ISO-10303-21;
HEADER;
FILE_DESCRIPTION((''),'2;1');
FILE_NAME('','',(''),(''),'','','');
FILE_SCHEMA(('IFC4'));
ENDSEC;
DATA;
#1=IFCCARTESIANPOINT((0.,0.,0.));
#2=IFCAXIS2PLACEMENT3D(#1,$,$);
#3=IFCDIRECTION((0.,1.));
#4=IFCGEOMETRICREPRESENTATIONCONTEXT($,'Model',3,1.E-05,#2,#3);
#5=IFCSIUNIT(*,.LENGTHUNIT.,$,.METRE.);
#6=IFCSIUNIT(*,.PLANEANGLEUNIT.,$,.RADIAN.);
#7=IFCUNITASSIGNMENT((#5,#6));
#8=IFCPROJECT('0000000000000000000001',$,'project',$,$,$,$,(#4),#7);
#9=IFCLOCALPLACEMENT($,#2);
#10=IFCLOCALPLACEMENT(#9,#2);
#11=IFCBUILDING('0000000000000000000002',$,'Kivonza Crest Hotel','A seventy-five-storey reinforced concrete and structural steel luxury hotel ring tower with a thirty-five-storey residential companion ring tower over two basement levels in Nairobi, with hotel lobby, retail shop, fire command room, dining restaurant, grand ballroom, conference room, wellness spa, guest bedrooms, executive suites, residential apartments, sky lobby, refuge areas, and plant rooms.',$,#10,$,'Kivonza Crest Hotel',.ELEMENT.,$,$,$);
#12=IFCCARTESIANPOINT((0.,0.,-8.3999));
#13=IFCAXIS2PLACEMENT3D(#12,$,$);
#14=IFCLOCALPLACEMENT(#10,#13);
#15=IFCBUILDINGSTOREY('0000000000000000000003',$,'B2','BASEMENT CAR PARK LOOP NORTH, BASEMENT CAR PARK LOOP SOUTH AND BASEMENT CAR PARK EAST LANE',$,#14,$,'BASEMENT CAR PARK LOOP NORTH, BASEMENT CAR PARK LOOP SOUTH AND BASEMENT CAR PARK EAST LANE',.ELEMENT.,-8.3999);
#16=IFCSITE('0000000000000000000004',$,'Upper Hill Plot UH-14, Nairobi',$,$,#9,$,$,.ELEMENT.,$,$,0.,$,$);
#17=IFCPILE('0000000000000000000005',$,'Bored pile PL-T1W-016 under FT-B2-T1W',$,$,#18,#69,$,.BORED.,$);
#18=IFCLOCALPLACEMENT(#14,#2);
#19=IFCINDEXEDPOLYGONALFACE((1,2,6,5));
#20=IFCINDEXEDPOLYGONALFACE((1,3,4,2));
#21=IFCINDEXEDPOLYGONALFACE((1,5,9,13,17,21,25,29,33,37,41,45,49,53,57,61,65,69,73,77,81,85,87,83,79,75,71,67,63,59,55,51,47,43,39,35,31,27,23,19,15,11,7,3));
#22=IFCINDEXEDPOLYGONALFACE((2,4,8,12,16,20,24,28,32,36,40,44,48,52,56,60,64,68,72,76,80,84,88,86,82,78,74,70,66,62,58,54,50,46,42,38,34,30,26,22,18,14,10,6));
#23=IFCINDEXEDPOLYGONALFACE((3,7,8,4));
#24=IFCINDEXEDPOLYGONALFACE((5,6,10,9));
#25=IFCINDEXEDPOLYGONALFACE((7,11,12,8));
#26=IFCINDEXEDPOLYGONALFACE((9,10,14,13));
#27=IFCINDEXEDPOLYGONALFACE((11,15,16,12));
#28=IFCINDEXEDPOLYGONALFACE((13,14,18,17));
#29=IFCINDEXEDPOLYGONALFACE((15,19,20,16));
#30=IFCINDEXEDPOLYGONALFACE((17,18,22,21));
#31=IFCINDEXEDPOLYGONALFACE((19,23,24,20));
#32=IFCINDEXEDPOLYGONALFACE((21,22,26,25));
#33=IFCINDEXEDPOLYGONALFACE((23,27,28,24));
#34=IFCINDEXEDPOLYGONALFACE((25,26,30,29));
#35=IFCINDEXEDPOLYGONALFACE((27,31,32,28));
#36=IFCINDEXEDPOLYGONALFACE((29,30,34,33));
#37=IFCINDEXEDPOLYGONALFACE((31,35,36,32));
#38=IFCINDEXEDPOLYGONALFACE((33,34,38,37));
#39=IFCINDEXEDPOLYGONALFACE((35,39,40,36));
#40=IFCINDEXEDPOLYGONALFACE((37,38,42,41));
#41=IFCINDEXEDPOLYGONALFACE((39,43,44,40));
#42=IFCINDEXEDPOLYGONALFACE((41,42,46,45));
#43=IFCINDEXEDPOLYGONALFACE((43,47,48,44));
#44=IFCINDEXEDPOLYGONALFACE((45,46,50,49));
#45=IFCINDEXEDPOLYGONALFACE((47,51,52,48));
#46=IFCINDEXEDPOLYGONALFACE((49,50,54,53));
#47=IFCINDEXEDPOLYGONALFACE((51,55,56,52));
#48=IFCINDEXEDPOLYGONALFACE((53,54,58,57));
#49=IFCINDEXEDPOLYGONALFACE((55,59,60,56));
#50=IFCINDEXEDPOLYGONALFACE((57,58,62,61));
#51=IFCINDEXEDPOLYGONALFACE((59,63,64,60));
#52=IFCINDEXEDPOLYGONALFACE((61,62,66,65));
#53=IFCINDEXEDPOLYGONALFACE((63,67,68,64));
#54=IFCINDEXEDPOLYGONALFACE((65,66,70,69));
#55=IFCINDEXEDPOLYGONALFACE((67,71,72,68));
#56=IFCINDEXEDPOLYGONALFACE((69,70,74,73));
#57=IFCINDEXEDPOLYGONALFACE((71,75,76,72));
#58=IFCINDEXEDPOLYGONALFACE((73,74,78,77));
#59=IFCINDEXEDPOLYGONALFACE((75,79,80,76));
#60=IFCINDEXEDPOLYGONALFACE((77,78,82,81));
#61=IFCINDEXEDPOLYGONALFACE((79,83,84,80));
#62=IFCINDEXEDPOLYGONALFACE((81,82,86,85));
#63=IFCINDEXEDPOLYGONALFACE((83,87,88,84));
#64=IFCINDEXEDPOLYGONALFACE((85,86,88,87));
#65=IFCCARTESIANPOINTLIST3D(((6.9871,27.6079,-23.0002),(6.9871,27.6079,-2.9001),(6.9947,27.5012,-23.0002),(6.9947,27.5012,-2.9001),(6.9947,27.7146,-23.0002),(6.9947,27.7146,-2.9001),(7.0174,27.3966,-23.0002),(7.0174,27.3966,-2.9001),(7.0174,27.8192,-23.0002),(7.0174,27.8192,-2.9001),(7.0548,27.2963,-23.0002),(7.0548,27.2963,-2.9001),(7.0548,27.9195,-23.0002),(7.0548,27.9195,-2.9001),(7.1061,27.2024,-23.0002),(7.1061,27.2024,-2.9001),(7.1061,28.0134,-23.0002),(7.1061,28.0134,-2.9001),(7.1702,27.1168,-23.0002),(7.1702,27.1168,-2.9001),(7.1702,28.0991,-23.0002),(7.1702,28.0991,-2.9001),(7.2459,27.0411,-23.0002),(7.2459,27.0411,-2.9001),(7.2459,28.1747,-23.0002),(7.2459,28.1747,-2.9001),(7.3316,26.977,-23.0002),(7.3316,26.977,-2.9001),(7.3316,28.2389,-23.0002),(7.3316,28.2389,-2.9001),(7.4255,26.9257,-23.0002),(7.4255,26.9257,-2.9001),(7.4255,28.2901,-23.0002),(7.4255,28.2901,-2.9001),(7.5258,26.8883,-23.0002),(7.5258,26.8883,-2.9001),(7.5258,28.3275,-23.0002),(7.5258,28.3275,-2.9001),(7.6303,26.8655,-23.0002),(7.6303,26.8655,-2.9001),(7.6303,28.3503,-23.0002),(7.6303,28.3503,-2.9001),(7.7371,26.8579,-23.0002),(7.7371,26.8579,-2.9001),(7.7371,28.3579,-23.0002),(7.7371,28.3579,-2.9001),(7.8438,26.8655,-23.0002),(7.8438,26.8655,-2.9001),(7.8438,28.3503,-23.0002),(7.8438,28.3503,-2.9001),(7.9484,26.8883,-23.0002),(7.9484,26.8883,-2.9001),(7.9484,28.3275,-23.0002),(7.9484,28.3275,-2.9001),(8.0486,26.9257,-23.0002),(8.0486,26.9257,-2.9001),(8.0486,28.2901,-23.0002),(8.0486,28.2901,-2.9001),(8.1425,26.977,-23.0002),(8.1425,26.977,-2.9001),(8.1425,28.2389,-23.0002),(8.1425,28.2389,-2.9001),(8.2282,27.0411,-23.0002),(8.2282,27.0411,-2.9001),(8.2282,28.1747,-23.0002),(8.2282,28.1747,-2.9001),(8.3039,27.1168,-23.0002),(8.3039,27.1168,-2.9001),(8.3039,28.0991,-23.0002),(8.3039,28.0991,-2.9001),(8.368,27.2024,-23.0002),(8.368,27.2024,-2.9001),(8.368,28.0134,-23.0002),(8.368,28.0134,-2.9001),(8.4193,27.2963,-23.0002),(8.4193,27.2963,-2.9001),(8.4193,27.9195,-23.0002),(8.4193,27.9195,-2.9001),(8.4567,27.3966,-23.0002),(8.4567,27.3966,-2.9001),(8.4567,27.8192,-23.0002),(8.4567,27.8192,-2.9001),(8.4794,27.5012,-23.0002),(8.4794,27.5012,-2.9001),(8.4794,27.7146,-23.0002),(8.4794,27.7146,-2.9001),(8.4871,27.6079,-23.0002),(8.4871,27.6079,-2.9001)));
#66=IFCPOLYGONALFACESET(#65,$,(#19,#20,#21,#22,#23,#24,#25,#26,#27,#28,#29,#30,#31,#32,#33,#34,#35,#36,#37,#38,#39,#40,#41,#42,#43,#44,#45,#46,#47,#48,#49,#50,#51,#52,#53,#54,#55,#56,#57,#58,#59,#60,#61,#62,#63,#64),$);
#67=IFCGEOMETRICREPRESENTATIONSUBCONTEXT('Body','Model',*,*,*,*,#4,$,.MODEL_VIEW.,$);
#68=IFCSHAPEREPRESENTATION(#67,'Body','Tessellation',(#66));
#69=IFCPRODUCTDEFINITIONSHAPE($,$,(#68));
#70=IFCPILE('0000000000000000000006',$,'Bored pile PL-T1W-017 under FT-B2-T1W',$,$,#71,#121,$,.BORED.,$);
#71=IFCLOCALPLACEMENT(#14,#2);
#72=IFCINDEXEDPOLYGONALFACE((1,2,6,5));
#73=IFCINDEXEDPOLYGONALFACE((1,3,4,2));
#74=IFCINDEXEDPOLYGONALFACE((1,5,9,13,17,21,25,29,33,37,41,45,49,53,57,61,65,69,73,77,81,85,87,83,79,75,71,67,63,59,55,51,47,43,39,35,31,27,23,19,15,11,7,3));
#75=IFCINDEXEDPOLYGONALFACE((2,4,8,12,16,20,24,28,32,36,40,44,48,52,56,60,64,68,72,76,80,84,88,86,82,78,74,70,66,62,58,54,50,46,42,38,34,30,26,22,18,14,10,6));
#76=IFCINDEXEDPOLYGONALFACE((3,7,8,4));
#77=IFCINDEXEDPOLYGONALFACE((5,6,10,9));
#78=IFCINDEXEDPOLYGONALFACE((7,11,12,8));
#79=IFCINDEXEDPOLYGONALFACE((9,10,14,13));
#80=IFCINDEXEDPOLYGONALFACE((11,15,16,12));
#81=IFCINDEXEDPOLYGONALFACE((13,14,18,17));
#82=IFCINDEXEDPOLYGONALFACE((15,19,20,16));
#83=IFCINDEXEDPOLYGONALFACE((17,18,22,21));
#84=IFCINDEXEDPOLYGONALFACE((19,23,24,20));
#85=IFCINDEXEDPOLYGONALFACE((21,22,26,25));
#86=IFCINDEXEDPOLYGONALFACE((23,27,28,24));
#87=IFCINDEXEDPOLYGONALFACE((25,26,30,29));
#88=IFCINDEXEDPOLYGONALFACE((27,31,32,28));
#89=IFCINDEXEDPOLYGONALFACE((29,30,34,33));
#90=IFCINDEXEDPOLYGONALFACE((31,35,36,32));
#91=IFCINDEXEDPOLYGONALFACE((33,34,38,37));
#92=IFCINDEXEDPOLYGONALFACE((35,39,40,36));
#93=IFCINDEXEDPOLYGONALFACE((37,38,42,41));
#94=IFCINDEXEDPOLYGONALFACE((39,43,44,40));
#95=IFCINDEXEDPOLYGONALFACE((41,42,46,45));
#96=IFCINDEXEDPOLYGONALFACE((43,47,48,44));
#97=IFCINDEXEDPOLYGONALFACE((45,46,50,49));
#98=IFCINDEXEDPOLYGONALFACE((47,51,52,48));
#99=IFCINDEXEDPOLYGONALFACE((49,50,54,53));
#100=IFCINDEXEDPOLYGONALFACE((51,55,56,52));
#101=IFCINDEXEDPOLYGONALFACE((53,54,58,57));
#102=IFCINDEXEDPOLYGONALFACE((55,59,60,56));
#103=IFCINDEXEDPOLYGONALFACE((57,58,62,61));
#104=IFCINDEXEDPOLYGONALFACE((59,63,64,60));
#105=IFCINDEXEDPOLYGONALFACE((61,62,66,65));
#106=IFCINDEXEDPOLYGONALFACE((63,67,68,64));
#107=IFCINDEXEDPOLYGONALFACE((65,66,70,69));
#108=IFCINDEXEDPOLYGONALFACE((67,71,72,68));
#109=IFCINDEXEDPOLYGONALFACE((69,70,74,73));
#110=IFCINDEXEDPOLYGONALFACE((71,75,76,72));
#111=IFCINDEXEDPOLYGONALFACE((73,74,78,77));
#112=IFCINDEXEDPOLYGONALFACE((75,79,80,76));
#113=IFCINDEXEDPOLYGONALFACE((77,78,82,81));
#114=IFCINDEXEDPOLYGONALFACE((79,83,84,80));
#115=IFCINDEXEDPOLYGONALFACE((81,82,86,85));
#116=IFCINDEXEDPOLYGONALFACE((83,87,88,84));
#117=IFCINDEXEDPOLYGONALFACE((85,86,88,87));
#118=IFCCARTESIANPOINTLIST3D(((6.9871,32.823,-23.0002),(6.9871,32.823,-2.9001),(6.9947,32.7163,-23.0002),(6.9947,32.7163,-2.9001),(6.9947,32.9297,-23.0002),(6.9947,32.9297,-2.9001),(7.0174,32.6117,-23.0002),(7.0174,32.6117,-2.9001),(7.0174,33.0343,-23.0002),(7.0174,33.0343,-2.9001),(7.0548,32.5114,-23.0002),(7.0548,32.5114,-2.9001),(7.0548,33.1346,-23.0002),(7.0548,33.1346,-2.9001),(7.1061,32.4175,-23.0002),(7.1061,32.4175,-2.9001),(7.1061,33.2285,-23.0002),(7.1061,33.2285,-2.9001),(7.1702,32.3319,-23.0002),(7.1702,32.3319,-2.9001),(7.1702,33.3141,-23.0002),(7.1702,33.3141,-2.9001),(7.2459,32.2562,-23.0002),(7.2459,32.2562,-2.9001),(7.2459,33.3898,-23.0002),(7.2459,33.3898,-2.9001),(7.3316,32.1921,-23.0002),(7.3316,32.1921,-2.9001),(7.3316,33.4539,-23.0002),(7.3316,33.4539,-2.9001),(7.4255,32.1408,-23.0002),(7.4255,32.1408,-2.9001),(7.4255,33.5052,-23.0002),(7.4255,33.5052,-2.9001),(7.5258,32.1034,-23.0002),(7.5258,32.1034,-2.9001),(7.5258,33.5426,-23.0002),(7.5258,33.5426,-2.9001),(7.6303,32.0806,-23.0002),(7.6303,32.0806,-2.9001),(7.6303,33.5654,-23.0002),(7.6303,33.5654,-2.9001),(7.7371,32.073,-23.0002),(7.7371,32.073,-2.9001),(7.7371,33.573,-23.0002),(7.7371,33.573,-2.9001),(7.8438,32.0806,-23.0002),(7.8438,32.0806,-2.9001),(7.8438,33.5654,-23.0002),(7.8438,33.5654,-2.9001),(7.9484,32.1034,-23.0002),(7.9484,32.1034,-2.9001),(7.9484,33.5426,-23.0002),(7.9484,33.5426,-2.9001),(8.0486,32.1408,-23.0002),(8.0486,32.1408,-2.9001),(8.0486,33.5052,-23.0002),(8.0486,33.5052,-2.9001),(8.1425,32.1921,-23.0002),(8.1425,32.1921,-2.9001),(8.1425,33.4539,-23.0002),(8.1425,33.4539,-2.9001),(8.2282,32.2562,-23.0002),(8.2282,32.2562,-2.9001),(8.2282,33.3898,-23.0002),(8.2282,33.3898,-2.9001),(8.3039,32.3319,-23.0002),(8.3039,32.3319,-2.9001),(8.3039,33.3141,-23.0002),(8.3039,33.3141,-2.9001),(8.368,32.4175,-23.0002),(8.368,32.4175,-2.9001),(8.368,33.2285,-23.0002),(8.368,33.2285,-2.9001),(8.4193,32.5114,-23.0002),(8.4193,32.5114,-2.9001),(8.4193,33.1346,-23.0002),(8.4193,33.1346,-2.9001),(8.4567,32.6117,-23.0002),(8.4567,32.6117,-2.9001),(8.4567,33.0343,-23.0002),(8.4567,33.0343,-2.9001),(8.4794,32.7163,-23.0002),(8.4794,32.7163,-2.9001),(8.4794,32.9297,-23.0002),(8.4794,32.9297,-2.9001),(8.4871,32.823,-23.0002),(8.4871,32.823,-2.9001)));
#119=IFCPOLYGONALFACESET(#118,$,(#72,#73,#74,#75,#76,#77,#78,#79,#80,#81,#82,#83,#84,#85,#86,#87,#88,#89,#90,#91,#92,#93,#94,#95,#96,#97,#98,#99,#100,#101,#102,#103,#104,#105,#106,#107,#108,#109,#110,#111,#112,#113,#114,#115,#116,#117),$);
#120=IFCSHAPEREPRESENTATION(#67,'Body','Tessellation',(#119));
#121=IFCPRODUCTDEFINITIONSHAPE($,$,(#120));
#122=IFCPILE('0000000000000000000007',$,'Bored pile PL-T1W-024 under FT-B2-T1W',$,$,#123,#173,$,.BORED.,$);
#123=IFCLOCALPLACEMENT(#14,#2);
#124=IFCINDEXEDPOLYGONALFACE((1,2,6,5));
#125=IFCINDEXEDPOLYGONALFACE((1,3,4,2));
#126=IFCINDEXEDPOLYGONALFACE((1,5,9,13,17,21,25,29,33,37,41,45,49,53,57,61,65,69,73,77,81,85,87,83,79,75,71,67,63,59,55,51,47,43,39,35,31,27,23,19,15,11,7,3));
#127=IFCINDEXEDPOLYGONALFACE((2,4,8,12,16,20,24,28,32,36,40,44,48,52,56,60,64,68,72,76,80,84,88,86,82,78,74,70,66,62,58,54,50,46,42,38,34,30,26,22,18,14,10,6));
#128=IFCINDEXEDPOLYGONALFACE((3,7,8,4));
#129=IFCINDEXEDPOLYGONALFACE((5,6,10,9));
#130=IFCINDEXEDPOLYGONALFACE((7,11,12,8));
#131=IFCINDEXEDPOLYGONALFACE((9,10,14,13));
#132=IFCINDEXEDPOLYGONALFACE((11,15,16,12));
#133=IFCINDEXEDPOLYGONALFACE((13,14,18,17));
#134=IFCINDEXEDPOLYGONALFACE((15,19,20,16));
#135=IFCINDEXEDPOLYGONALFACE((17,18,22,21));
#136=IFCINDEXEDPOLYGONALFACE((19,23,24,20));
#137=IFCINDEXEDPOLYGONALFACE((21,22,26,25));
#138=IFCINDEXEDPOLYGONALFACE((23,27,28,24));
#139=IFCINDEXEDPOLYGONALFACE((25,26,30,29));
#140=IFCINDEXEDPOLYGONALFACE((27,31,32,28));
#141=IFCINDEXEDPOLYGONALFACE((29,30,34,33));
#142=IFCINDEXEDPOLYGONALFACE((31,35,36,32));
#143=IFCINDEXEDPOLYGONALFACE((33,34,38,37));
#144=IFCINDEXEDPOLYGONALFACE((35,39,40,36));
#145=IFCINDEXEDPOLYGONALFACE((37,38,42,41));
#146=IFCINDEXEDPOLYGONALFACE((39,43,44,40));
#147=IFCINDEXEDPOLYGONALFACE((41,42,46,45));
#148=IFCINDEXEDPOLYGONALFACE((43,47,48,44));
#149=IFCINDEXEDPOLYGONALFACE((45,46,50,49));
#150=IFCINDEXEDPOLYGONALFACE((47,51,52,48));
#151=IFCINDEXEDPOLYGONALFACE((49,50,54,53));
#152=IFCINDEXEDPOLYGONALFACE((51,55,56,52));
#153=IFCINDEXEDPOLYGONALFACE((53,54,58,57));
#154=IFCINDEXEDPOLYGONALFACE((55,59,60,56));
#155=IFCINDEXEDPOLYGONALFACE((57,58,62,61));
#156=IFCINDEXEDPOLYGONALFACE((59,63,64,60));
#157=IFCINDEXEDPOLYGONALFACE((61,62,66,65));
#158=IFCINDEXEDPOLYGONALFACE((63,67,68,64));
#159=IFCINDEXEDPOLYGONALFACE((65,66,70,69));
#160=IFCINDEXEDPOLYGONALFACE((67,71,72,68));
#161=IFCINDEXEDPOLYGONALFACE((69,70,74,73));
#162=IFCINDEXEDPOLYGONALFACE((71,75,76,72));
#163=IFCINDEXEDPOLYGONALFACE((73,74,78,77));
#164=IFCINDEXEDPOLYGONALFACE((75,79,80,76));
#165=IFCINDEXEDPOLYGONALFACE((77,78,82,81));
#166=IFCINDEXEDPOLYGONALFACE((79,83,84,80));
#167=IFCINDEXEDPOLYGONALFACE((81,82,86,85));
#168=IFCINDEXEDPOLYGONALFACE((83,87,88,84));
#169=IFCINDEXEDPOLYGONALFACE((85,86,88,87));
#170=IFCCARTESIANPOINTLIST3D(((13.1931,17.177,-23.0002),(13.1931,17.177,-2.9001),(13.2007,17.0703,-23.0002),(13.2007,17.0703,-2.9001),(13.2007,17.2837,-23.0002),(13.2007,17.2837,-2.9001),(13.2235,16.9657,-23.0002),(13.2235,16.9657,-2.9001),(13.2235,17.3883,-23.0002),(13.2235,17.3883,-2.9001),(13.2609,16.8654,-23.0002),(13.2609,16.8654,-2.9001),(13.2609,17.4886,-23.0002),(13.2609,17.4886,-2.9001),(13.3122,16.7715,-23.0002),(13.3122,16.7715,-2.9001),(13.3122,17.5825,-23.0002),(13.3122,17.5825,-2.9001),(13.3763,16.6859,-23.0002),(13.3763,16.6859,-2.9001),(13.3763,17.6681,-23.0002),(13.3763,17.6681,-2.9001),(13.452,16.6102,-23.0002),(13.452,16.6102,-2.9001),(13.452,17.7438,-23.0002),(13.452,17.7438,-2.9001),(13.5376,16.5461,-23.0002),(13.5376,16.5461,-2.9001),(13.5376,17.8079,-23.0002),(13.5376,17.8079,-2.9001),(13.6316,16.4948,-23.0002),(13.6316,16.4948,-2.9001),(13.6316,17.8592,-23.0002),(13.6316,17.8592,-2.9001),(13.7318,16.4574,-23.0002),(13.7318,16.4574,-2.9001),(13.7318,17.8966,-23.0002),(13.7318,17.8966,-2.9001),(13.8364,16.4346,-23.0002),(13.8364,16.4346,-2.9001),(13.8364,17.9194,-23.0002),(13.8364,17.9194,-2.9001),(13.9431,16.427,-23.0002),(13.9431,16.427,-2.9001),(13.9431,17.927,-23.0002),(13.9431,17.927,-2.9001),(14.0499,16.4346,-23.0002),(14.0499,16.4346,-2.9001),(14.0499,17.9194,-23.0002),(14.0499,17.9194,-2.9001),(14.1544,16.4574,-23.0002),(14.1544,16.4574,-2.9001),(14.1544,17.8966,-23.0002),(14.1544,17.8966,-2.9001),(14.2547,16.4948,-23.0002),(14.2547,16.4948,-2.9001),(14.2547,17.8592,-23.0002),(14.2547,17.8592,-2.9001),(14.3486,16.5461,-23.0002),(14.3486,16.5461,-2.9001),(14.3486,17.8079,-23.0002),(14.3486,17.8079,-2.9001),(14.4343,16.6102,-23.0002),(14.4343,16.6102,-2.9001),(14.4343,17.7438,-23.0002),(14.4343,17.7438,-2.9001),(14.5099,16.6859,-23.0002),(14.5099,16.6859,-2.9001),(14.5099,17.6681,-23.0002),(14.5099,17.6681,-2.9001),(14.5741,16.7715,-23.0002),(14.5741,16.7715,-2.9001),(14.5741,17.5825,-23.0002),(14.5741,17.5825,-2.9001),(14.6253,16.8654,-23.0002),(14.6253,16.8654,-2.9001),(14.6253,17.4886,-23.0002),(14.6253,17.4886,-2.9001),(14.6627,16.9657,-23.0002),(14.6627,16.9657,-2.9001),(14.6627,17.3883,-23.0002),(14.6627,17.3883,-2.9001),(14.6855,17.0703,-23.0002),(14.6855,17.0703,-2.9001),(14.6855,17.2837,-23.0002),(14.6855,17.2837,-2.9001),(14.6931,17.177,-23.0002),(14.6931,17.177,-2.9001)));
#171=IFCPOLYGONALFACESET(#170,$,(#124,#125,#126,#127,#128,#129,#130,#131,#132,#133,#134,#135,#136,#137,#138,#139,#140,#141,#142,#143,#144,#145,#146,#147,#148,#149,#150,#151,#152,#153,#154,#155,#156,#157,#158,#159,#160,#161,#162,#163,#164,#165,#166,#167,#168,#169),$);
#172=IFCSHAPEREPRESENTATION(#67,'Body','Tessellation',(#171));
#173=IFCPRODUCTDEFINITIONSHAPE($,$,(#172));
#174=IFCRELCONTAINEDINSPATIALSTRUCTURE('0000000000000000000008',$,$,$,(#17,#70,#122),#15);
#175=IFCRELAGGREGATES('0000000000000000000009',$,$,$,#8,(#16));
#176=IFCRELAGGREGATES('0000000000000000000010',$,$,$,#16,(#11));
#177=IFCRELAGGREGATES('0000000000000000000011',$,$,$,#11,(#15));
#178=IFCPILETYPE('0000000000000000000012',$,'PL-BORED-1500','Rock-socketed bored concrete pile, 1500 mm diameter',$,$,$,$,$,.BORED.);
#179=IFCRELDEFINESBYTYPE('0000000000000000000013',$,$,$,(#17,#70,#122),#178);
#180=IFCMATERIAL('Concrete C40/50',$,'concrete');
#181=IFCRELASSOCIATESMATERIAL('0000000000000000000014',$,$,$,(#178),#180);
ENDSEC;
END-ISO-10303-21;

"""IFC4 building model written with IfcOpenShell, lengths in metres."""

from ifc_helpers import new_model, si_unit, direction, frame, origin, origin_2d, place, context, subcontext, project, spatial, circle, extrude, material, material_profile, profile_set, type_object, element, save


model = new_model("IFC4")

# Units and contexts
model_context = context("Model", 3, precision=1e-05, world=origin(), true_north=direction((0.0, 1.0)))
body_context = subcontext(model_context, "Body", "Model", "MODEL_VIEW")
ifc_project = project(units=[si_unit("LENGTHUNIT", "METRE"), si_unit("PLANEANGLEUNIT", "RADIAN")], contexts=[model_context])

# Site, building, storey
site_placement = place(None, origin())
site = spatial("IfcSite", under=ifc_project, at=site_placement, Name="Upper Hill Plot UH-14, Nairobi", CompositionType="ELEMENT", RefElevation=0.0)
building_placement = place(site_placement, origin())
building = spatial("IfcBuilding", under=site, at=building_placement, Name="Kivonza Crest Hotel", Description="A seventy-five-storey reinforced concrete and structural steel luxury hotel ring tower with a thirty-five-storey residential companion ring tower over two basement levels in Nairobi, with hotel lobby, retail shop, fire command room, dining restaurant, grand ballroom, conference room, wellness spa, guest bedrooms, executive suites, residential apartments, sky lobby, refuge areas, and plant rooms.", LongName="Kivonza Crest Hotel", CompositionType="ELEMENT")
storey_placement = place(building_placement, frame((0.0, 0.0, -8.3999)))
storey = spatial("IfcBuildingStorey", under=building, at=storey_placement, Name="B2", Description="BASEMENT CAR PARK LOOP NORTH, BASEMENT CAR PARK LOOP SOUTH AND BASEMENT CAR PARK EAST LANE", LongName="BASEMENT CAR PARK LOOP NORTH, BASEMENT CAR PARK LOOP SOUTH AND BASEMENT CAR PARK EAST LANE", CompositionType="ELEMENT", Elevation=-8.3999)

# Piles
ifc_material_1 = material(Name="Concrete C40/50", Category="concrete")
ifc_material_profile_1 = material_profile(ifc_material_1, circle(Radius=0.75, at=origin_2d()), Name="PILE D1500")
ifc_profile_set_1 = profile_set([ifc_material_profile_1], Name="Concrete C40/50")
pile_type = type_object("IfcPileType", Name="PL-BORED-1500", Description="Rock-socketed bored concrete pile, 1500 mm diameter", PredefinedType="BORED", material=ifc_profile_set_1)
for number, where, z_axis, x_axis, name in (
    (1, (7.7371, 27.6079, -2.9001), (0.0, 0.0, -1.0), (1.0, 0.0, 0.0), "Bored pile PL-T1W-016 under FT-B2-T1W"),
    (2, (7.7371, 32.823, -2.9001), (0.0, 0.0, -1.0), (1.0, 0.0, 0.0), "Bored pile PL-T1W-017 under FT-B2-T1W"),
    (3, (13.9431, 17.177, -2.9001), (0.0, 0.0, -1.0), (1.0, 0.0, 0.0), "Bored pile PL-T1W-024 under FT-B2-T1W"),
):
    element("IfcPile", number, at=place(storey_placement, frame(where, z_axis=z_axis, x_axis=x_axis)), inside=storey, type_object=pile_type, Name=name, PredefinedType="BORED", context=body_context, shape_type="SweptSolid", body=[
        extrude(circle(Radius=0.75, at=origin_2d()), origin(), (0.0, 0.0, 1.0), 20.1001),
    ])

save(model, "model.ifc")
